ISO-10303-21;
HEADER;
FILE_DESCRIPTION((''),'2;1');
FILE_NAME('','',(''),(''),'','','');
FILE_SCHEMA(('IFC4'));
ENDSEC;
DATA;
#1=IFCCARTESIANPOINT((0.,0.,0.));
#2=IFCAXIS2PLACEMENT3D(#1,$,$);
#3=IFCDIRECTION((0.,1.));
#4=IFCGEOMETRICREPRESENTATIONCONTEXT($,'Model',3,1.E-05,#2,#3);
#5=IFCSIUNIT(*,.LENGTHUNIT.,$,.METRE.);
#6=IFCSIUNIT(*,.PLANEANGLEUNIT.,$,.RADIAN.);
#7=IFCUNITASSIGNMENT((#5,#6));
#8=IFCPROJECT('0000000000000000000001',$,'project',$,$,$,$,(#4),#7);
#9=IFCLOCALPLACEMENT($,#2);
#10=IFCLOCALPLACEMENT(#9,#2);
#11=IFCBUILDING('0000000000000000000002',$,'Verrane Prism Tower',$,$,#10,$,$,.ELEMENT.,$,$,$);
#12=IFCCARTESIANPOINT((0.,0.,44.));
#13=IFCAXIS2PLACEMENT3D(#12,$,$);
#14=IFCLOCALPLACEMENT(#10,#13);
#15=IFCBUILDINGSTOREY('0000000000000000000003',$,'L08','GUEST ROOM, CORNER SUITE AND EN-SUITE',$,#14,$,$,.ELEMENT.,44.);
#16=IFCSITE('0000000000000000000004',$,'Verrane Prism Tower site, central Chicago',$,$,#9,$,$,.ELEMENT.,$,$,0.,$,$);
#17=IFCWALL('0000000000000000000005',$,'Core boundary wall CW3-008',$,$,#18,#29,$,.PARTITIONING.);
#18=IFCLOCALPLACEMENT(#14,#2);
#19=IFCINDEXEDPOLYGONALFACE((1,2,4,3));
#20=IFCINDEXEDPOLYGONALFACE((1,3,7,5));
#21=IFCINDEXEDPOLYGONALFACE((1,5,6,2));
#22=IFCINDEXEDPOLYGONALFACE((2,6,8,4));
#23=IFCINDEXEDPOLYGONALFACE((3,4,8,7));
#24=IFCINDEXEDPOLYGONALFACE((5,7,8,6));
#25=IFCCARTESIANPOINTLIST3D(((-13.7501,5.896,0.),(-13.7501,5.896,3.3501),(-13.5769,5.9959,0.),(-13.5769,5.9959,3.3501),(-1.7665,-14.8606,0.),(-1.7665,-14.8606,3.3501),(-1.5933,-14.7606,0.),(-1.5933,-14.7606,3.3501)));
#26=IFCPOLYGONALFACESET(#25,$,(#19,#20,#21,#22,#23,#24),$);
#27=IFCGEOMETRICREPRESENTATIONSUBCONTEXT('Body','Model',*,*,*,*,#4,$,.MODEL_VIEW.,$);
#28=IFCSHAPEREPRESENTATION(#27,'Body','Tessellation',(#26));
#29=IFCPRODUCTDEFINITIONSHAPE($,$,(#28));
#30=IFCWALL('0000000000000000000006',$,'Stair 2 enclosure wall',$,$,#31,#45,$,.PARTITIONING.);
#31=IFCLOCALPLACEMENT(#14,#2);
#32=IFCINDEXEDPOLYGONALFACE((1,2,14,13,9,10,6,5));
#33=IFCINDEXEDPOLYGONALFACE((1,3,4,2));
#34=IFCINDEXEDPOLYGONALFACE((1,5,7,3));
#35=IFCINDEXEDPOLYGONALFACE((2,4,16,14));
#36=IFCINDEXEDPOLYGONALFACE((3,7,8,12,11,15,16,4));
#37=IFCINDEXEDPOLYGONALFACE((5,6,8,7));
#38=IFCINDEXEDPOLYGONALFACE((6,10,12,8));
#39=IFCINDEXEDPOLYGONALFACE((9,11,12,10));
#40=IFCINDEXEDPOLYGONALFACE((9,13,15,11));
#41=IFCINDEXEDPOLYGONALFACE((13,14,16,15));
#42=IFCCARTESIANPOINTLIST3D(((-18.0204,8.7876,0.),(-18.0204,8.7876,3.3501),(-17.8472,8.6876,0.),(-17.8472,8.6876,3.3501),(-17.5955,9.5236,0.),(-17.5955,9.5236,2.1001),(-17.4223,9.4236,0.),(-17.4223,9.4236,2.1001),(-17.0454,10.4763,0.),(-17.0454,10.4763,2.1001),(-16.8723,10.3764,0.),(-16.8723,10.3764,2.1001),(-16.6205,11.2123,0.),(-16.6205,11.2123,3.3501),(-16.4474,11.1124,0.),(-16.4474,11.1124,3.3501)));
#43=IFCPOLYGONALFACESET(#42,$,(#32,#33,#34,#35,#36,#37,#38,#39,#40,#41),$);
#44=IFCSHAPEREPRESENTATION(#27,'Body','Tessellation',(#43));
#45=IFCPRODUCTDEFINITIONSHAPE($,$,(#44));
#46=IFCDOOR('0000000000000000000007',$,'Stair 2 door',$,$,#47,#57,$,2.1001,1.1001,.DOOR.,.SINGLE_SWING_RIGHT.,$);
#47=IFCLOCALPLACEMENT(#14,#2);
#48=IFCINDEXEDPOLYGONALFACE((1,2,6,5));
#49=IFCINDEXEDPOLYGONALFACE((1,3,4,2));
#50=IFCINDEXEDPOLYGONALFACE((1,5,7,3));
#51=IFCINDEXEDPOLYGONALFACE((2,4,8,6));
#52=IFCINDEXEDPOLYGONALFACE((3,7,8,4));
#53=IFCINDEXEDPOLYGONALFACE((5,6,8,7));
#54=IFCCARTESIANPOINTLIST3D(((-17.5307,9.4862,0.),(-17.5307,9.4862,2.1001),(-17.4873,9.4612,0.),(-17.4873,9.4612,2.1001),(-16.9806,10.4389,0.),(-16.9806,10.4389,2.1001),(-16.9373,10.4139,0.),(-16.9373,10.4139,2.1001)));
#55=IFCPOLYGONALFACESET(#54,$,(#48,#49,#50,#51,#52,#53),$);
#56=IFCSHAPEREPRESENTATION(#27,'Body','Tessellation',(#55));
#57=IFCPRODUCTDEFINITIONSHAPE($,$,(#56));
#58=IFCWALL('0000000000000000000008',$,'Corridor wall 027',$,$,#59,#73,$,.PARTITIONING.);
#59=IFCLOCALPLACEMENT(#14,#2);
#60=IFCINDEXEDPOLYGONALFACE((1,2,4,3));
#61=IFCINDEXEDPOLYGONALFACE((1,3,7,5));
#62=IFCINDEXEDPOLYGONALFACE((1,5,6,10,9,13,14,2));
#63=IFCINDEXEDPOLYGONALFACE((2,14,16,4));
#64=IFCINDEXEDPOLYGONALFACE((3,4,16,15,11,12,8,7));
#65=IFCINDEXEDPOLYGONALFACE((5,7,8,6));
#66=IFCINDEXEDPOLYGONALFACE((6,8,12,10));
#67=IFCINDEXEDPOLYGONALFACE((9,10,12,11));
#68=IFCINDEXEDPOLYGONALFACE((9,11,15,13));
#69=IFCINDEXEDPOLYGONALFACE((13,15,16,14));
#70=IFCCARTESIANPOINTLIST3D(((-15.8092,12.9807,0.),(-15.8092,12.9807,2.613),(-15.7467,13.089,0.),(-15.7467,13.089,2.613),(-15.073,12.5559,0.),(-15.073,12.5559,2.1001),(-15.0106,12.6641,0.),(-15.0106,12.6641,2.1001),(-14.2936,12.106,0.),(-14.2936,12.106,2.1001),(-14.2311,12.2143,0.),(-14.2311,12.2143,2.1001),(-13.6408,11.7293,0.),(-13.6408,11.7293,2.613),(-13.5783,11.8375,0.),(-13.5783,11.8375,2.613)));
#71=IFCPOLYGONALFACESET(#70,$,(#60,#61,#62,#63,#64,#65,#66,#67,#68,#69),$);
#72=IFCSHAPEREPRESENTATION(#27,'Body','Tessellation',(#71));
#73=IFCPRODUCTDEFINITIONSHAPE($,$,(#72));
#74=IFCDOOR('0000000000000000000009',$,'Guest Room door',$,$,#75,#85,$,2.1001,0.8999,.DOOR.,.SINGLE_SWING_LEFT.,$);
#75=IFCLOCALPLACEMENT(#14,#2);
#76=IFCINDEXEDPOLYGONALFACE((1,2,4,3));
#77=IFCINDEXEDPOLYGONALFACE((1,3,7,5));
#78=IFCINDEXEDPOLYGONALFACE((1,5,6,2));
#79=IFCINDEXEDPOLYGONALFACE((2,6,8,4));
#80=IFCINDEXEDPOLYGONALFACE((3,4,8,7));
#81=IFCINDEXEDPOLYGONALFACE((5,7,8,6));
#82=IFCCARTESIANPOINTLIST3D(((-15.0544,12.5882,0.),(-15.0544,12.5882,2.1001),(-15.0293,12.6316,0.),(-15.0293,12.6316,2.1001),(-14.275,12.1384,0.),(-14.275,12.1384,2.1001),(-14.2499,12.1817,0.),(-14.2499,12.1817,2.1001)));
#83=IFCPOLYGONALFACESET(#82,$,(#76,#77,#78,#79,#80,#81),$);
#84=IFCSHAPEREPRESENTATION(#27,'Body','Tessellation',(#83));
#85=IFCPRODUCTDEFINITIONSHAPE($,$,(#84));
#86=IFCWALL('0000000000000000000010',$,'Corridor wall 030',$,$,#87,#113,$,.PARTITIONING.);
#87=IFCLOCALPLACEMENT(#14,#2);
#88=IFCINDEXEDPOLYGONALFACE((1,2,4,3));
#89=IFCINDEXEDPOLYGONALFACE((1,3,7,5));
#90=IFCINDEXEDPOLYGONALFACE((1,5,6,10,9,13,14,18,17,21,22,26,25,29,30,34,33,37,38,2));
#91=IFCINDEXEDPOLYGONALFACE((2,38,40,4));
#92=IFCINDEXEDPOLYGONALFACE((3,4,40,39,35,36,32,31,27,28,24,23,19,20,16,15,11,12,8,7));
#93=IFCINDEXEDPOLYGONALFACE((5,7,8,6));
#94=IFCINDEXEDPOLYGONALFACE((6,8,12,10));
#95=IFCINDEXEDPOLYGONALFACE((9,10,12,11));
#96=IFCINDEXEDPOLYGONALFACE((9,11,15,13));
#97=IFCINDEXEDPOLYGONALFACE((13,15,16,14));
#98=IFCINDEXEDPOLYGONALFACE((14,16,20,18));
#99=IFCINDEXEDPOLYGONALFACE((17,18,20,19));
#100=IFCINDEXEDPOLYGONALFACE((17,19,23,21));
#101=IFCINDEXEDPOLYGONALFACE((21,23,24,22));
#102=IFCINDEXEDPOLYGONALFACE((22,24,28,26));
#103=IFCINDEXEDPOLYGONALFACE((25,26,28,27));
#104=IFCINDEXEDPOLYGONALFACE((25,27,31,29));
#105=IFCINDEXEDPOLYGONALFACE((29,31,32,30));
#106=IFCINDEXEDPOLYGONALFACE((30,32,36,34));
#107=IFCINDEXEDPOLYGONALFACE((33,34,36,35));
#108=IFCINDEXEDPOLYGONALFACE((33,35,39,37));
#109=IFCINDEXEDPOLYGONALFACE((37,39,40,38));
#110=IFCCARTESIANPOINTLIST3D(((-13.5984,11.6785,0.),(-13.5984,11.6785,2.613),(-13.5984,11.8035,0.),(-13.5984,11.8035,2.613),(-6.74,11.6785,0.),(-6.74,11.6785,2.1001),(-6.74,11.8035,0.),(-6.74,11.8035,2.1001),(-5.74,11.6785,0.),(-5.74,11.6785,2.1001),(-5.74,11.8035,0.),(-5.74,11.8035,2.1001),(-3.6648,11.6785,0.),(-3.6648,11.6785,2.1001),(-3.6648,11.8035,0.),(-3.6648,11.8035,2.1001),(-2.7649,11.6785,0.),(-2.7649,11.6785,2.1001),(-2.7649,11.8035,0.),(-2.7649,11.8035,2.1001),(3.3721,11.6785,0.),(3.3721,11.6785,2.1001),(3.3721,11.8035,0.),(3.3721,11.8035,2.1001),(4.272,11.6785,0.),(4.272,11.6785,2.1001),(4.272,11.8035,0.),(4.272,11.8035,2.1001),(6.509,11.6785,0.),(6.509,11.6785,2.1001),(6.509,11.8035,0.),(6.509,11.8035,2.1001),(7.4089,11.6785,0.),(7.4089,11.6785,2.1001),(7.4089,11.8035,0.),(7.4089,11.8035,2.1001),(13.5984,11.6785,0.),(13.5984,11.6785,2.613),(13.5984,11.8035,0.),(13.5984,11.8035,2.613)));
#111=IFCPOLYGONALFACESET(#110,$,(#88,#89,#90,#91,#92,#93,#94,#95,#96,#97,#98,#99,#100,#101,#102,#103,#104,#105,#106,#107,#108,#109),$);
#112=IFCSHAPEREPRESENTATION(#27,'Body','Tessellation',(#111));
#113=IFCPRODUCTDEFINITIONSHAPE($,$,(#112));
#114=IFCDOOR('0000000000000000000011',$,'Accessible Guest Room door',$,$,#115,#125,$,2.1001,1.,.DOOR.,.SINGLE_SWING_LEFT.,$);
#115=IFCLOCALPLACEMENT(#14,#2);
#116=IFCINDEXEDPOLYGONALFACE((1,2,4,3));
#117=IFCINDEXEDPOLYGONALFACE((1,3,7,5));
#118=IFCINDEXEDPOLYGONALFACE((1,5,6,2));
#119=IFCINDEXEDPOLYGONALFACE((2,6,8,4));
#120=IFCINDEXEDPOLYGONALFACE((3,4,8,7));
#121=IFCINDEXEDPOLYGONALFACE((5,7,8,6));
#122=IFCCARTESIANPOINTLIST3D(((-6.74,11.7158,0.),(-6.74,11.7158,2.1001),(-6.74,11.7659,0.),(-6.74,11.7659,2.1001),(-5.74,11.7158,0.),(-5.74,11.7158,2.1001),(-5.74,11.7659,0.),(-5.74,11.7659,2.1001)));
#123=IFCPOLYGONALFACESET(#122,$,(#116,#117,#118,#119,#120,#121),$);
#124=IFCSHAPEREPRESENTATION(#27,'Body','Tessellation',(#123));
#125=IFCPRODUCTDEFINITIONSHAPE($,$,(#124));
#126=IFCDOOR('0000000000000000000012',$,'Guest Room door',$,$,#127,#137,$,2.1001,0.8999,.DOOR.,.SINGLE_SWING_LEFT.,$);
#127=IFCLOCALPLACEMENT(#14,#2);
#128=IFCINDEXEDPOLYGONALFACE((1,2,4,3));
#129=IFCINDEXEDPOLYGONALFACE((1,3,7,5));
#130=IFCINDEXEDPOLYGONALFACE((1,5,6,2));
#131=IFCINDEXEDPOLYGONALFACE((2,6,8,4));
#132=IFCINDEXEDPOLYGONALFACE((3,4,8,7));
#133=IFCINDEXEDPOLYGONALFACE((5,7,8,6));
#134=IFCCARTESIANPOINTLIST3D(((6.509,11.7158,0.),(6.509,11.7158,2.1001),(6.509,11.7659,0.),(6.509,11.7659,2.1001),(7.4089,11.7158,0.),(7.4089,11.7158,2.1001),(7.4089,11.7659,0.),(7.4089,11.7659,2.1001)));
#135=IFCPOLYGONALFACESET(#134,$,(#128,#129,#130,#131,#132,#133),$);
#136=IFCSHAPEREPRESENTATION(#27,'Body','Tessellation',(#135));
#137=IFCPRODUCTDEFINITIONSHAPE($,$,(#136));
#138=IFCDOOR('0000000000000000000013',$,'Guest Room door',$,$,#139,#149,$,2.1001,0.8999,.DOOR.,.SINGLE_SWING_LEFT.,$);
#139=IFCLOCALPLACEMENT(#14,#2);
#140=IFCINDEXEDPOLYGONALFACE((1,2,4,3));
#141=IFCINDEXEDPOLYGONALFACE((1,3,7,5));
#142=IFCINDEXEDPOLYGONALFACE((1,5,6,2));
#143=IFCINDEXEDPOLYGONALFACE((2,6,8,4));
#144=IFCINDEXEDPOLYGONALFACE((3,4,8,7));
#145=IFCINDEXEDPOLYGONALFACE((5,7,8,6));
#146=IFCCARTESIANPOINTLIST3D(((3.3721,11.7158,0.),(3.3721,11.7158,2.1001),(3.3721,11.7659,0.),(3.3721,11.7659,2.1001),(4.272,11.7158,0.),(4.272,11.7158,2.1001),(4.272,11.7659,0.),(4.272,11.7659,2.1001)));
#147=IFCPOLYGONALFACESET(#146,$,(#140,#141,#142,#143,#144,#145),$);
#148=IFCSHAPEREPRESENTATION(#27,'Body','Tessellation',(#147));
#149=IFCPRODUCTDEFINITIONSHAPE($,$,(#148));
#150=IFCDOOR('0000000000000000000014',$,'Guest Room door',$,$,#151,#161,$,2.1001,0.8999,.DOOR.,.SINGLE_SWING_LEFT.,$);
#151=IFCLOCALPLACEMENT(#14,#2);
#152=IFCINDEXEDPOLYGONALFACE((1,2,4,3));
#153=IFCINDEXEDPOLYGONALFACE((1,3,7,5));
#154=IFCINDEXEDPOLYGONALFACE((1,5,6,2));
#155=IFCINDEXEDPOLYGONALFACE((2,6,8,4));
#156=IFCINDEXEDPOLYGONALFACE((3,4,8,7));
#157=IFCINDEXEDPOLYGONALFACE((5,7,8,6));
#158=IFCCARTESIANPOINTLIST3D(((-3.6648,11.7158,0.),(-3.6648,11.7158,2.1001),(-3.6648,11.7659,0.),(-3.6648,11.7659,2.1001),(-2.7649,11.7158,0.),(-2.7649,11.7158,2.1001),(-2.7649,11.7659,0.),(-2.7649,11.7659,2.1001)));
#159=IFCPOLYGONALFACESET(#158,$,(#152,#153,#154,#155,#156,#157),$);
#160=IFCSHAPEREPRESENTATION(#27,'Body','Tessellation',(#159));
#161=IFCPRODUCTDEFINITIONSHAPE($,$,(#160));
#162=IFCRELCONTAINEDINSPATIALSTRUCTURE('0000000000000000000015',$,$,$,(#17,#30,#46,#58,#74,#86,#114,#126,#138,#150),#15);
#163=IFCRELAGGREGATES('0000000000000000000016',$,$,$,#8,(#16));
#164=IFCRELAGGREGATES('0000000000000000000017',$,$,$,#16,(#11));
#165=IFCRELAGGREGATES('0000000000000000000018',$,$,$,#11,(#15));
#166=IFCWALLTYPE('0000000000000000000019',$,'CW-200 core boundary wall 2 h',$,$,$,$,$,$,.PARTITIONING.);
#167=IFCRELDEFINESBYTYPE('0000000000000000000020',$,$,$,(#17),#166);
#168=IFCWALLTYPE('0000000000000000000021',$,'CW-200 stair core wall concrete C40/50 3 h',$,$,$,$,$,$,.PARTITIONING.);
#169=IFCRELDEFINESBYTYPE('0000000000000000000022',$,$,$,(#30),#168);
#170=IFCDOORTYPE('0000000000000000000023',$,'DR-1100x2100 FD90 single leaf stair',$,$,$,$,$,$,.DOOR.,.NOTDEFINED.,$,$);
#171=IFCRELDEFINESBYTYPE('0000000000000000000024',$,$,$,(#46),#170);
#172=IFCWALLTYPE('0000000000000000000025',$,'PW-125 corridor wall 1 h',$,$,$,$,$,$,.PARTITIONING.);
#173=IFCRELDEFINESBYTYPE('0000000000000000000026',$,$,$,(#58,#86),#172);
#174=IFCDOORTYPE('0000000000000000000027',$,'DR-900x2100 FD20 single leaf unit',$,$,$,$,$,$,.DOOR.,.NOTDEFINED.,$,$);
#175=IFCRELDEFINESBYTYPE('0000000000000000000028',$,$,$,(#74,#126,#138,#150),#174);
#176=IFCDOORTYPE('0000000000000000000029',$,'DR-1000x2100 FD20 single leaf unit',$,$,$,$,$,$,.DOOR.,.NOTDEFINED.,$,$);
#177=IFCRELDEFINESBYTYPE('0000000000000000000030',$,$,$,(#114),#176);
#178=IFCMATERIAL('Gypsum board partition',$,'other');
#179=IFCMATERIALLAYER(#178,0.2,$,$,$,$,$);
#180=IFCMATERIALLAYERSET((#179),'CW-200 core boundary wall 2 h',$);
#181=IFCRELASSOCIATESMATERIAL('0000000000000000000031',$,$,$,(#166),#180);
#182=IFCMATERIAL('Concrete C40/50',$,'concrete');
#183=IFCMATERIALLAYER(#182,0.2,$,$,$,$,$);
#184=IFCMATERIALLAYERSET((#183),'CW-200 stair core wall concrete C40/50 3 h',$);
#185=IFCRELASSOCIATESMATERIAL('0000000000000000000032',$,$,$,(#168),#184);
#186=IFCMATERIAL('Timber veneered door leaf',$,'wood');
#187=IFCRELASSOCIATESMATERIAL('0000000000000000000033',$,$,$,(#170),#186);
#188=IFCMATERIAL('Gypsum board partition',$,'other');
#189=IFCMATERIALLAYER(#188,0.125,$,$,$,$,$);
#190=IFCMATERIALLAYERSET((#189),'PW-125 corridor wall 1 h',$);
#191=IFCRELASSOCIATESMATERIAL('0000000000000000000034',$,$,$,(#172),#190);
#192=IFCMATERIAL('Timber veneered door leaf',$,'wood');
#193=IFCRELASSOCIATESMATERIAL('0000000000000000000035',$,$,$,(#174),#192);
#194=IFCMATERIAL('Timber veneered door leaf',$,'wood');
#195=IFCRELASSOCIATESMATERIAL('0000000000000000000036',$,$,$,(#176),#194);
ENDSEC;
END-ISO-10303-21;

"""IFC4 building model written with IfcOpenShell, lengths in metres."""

from ifc_helpers import new_model, si_unit, direction, frame, frame_2d, origin, place, context, subcontext, project, spatial, rectangle, extrude, material, layer, layer_set, type_object, element, fill, save


model = new_model("IFC4")

# Units and contexts
model_context = context("Model", 3, precision=1e-05, world=origin(), true_north=direction((0.0, 1.0)))
body_context = subcontext(model_context, "Body", "Model", "MODEL_VIEW")
ifc_project = project(units=[si_unit("LENGTHUNIT", "METRE"), si_unit("PLANEANGLEUNIT", "RADIAN")], contexts=[model_context])

# Site, building, storey
site_placement = place(None, origin())
site = spatial("IfcSite", under=ifc_project, at=site_placement, Name="Verrane Prism Tower site, central Chicago", CompositionType="ELEMENT", RefElevation=0.0)
building_placement = place(site_placement, origin())
building = spatial("IfcBuilding", under=site, at=building_placement, Name="Verrane Prism Tower", CompositionType="ELEMENT")
storey_placement = place(building_placement, frame((0.0, 0.0, 44.0)))
storey = spatial("IfcBuildingStorey", under=building, at=storey_placement, Name="L08", Description="GUEST ROOM, CORNER SUITE AND EN-SUITE", CompositionType="ELEMENT", Elevation=44.0)

# Wall
ifc_material_1 = material(Name="Gypsum board partition", Category="other")
ifc_layer_1 = layer(ifc_material_1, 0.2)
ifc_layer_set_1 = layer_set([ifc_layer_1], Name="CW-200 core boundary wall 2 h")
wall_type_1 = type_object("IfcWallType", Name="CW-200 core boundary wall 2 h", PredefinedType="PARTITIONING", material=ifc_layer_set_1)
wall_1_placement = place(storey_placement, frame((-13.6636, 5.946, 0.0), z_axis=(0.0, 0.0, 1.0), x_axis=(0.499994, -0.866029, 0.0)))
element("IfcWall", 1, at=wall_1_placement, inside=storey, type_object=wall_type_1, Name="Core boundary wall CW3-008", PredefinedType="PARTITIONING", context=body_context, shape_type="SweptSolid", body=[
    extrude(rectangle(XDim=23.9675, YDim=0.2, at=frame_2d((11.9839, 0.0))), origin(), (0.0, 0.0, 1.0), 3.3501),
])

# Walls, openings, doors
ifc_material_2 = material(Name="Concrete C40/50", Category="concrete")
ifc_layer_2 = layer(ifc_material_2, 0.2)
ifc_layer_set_2 = layer_set([ifc_layer_2], Name="CW-200 stair core wall concrete C40/50 3 h")
wall_type_2 = type_object("IfcWallType", Name="CW-200 stair core wall concrete C40/50 3 h", PredefinedType="PARTITIONING", material=ifc_layer_set_2)
wall_2_placement = place(storey_placement, frame((-16.5339, 11.1624, 0.0), z_axis=(0.0, 0.0, 1.0), x_axis=(-0.499984, -0.866035, 0.0)))
wall_2 = element("IfcWall", 2, at=wall_2_placement, inside=storey, type_object=wall_type_2, Name="Stair 2 enclosure wall", PredefinedType="PARTITIONING", context=body_context, shape_type="SweptSolid", body=[
    extrude(rectangle(XDim=2.7998, YDim=0.2, at=frame_2d((1.3999, 0.0))), origin(), (0.0, 0.0, 1.0), 3.3501),
])
opening_1_placement = place(wall_2_placement, frame((0.8499, 0.0, 0.0)))
opening_1 = element("IfcOpeningElement", 3, at=opening_1_placement, cuts=wall_2, PredefinedType="OPENING", context=body_context, shape_type="SweptSolid", body=[
    extrude(rectangle(XDim=1.1001, YDim=2.1001, at=frame_2d((0.55, 1.05))), frame((0.0, 0.1099, 0.0), z_axis=(0.0, -1.0, 0.0), x_axis=(1.0, 0.0, 0.0)), (0.0, 0.0, 1.0), 0.22),
])
ifc_material_3 = material(Name="Timber veneered door leaf", Category="wood")
door_type_1 = type_object("IfcDoorType", Name="DR-1100x2100 FD90 single leaf stair", OperationType="NOTDEFINED", PredefinedType="DOOR", material=ifc_material_3)
door_1_placement = place(opening_1_placement, origin())
door_1 = element("IfcDoor", 4, at=door_1_placement, inside=storey, type_object=door_type_1, Name="Stair 2 door", OperationType="SINGLE_SWING_RIGHT", OverallHeight=2.1001, OverallWidth=1.1001, PredefinedType="DOOR", context=body_context, shape_type="SweptSolid", body=[
    extrude(rectangle(XDim=1.1001, YDim=2.1001, at=frame_2d((0.55, 1.05))), frame((0.0, 0.0249, 0.0), z_axis=(0.0, -1.0, 0.0), x_axis=(1.0, 0.0, 0.0)), (0.0, 0.0, 1.0), 0.05),
])
fill(opening_1, door_1)
ifc_material_4 = material(Name="Gypsum board partition", Category="other")
ifc_layer_3 = layer(ifc_material_4, 0.125)
ifc_layer_set_3 = layer_set([ifc_layer_3], Name="PW-125 corridor wall 1 h")
wall_type_3 = type_object("IfcWallType", Name="PW-125 corridor wall 1 h", PredefinedType="PARTITIONING", material=ifc_layer_set_3)
wall_3_placement = place(storey_placement, frame((-15.7781, 13.0349, 0.0), z_axis=(0.0, 0.0, 1.0), x_axis=(0.866111, -0.499852, 0.0)))
wall_3 = element("IfcWall", 5, at=wall_3_placement, inside=storey, type_object=wall_type_3, Name="Corridor wall 027", PredefinedType="PARTITIONING", context=body_context, shape_type="SweptSolid", body=[
    extrude(rectangle(XDim=2.5037, YDim=0.125, at=frame_2d((1.252, 0.0))), origin(), (0.0, 0.0, 1.0), 2.613),
])
opening_2_placement = place(wall_3_placement, frame((0.8501, 0.0, 0.0)))
opening_2 = element("IfcOpeningElement", 6, at=opening_2_placement, cuts=wall_3, PredefinedType="OPENING", context=body_context, shape_type="SweptSolid", body=[
    extrude(rectangle(XDim=0.8999, YDim=2.1001, at=frame_2d((0.45, 1.05))), frame((0.0, 0.0725, 0.0), z_axis=(0.0, -1.0, 0.0), x_axis=(1.0, 0.0, 0.0)), (0.0, 0.0, 1.0), 0.145),
])
ifc_material_5 = material(Name="Timber veneered door leaf", Category="wood")
door_type_2 = type_object("IfcDoorType", Name="DR-900x2100 FD20 single leaf unit", OperationType="NOTDEFINED", PredefinedType="DOOR", material=ifc_material_5)
door_2_placement = place(opening_2_placement, origin())
door_2 = element("IfcDoor", 7, at=door_2_placement, inside=storey, type_object=door_type_2, Name="Guest Room door", OperationType="SINGLE_SWING_LEFT", OverallHeight=2.1001, OverallWidth=0.8999, PredefinedType="DOOR", context=body_context, shape_type="SweptSolid", body=[
    extrude(rectangle(XDim=0.8999, YDim=2.1001, at=frame_2d((0.45, 1.05))), frame((0.0, 0.0249, 0.0), z_axis=(0.0, -1.0, 0.0), x_axis=(1.0, 0.0, 0.0)), (0.0, 0.0, 1.0), 0.05),
])
fill(opening_2, door_2)

# Wall, openings, doors
wall_4_placement = place(storey_placement, frame((-13.5984, 11.741, 0.0), z_axis=(0.0, 0.0, 1.0), x_axis=(1.0, 0.0, 0.0)))
wall_4 = element("IfcWall", 8, at=wall_4_placement, inside=storey, type_object=wall_type_3, Name="Corridor wall 030", PredefinedType="PARTITIONING", context=body_context, shape_type="SweptSolid", body=[
    extrude(rectangle(XDim=27.1968, YDim=0.125, at=frame_2d((13.5984, 0.0))), origin(), (0.0, 0.0, 1.0), 2.613),
])
opening_3_placement = place(wall_4_placement, frame((20.1074, 0.0, 0.0)))
opening_3 = element("IfcOpeningElement", 9, at=opening_3_placement, cuts=wall_4, PredefinedType="OPENING", context=body_context, shape_type="SweptSolid", body=[
    extrude(rectangle(XDim=0.8999, YDim=2.1001, at=frame_2d((0.45, 1.05))), frame((0.0, 0.0725, 0.0), z_axis=(0.0, -1.0, 0.0), x_axis=(1.0, 0.0, 0.0)), (0.0, 0.0, 1.0), 0.145),
])
opening_4_placement = place(wall_4_placement, frame((16.9705, 0.0, 0.0)))
opening_4 = element("IfcOpeningElement", 10, at=opening_4_placement, cuts=wall_4, PredefinedType="OPENING", context=body_context, shape_type="SweptSolid", body=[
    extrude(rectangle(XDim=0.8999, YDim=2.1001, at=frame_2d((0.45, 1.05))), frame((0.0, 0.0725, 0.0), z_axis=(0.0, -1.0, 0.0), x_axis=(1.0, 0.0, 0.0)), (0.0, 0.0, 1.0), 0.145),
])
opening_5_placement = place(wall_4_placement, frame((9.9336, 0.0, 0.0)))
opening_5 = element("IfcOpeningElement", 11, at=opening_5_placement, cuts=wall_4, PredefinedType="OPENING", context=body_context, shape_type="SweptSolid", body=[
    extrude(rectangle(XDim=0.8999, YDim=2.1001, at=frame_2d((0.45, 1.05))), frame((0.0, 0.0725, 0.0), z_axis=(0.0, -1.0, 0.0), x_axis=(1.0, 0.0, 0.0)), (0.0, 0.0, 1.0), 0.145),
])
opening_6_placement = place(wall_4_placement, frame((6.8584, 0.0, 0.0)))
opening_6 = element("IfcOpeningElement", 12, at=opening_6_placement, cuts=wall_4, PredefinedType="OPENING", context=body_context, shape_type="SweptSolid", body=[
    extrude(rectangle(XDim=1.0, YDim=2.1001, at=frame_2d((0.5, 1.05))), frame((0.0, 0.0725, 0.0), z_axis=(0.0, -1.0, 0.0), x_axis=(1.0, 0.0, 0.0)), (0.0, 0.0, 1.0), 0.145),
])
ifc_material_6 = material(Name="Timber veneered door leaf", Category="wood")
door_type_3 = type_object("IfcDoorType", Name="DR-1000x2100 FD20 single leaf unit", OperationType="NOTDEFINED", PredefinedType="DOOR", material=ifc_material_6)
door_3_placement = place(opening_6_placement, origin())
door_3 = element("IfcDoor", 13, at=door_3_placement, inside=storey, type_object=door_type_3, Name="Accessible Guest Room door", OperationType="SINGLE_SWING_LEFT", OverallHeight=2.1001, OverallWidth=1.0, PredefinedType="DOOR", context=body_context, shape_type="SweptSolid", body=[
    extrude(rectangle(XDim=1.0, YDim=2.1001, at=frame_2d((0.5, 1.05))), frame((0.0, 0.0249, 0.0), z_axis=(0.0, -1.0, 0.0), x_axis=(1.0, 0.0, 0.0)), (0.0, 0.0, 1.0), 0.05),
])
fill(opening_6, door_3)
door_4_placement = place(opening_3_placement, origin())
door_4 = element("IfcDoor", 14, at=door_4_placement, inside=storey, type_object=door_type_2, Name="Guest Room door", OperationType="SINGLE_SWING_LEFT", OverallHeight=2.1001, OverallWidth=0.8999, PredefinedType="DOOR", context=body_context, shape_type="SweptSolid", body=[
    extrude(rectangle(XDim=0.8999, YDim=2.1001, at=frame_2d((0.45, 1.05))), frame((0.0, 0.0249, 0.0), z_axis=(0.0, -1.0, 0.0), x_axis=(1.0, 0.0, 0.0)), (0.0, 0.0, 1.0), 0.05),
])
fill(opening_3, door_4)
door_5_placement = place(opening_4_placement, origin())
door_5 = element("IfcDoor", 15, at=door_5_placement, inside=storey, type_object=door_type_2, Name="Guest Room door", OperationType="SINGLE_SWING_LEFT", OverallHeight=2.1001, OverallWidth=0.8999, PredefinedType="DOOR", context=body_context, shape_type="SweptSolid", body=[
    extrude(rectangle(XDim=0.8999, YDim=2.1001, at=frame_2d((0.45, 1.05))), frame((0.0, 0.0249, 0.0), z_axis=(0.0, -1.0, 0.0), x_axis=(1.0, 0.0, 0.0)), (0.0, 0.0, 1.0), 0.05),
])
fill(opening_4, door_5)
door_6_placement = place(opening_5_placement, origin())
door_6 = element("IfcDoor", 16, at=door_6_placement, inside=storey, type_object=door_type_2, Name="Guest Room door", OperationType="SINGLE_SWING_LEFT", OverallHeight=2.1001, OverallWidth=0.8999, PredefinedType="DOOR", context=body_context, shape_type="SweptSolid", body=[
    extrude(rectangle(XDim=0.8999, YDim=2.1001, at=frame_2d((0.45, 1.05))), frame((0.0, 0.0249, 0.0), z_axis=(0.0, -1.0, 0.0), x_axis=(1.0, 0.0, 0.0)), (0.0, 0.0, 1.0), 0.05),
])
fill(opening_5, door_6)

save(model, "model.ifc")
